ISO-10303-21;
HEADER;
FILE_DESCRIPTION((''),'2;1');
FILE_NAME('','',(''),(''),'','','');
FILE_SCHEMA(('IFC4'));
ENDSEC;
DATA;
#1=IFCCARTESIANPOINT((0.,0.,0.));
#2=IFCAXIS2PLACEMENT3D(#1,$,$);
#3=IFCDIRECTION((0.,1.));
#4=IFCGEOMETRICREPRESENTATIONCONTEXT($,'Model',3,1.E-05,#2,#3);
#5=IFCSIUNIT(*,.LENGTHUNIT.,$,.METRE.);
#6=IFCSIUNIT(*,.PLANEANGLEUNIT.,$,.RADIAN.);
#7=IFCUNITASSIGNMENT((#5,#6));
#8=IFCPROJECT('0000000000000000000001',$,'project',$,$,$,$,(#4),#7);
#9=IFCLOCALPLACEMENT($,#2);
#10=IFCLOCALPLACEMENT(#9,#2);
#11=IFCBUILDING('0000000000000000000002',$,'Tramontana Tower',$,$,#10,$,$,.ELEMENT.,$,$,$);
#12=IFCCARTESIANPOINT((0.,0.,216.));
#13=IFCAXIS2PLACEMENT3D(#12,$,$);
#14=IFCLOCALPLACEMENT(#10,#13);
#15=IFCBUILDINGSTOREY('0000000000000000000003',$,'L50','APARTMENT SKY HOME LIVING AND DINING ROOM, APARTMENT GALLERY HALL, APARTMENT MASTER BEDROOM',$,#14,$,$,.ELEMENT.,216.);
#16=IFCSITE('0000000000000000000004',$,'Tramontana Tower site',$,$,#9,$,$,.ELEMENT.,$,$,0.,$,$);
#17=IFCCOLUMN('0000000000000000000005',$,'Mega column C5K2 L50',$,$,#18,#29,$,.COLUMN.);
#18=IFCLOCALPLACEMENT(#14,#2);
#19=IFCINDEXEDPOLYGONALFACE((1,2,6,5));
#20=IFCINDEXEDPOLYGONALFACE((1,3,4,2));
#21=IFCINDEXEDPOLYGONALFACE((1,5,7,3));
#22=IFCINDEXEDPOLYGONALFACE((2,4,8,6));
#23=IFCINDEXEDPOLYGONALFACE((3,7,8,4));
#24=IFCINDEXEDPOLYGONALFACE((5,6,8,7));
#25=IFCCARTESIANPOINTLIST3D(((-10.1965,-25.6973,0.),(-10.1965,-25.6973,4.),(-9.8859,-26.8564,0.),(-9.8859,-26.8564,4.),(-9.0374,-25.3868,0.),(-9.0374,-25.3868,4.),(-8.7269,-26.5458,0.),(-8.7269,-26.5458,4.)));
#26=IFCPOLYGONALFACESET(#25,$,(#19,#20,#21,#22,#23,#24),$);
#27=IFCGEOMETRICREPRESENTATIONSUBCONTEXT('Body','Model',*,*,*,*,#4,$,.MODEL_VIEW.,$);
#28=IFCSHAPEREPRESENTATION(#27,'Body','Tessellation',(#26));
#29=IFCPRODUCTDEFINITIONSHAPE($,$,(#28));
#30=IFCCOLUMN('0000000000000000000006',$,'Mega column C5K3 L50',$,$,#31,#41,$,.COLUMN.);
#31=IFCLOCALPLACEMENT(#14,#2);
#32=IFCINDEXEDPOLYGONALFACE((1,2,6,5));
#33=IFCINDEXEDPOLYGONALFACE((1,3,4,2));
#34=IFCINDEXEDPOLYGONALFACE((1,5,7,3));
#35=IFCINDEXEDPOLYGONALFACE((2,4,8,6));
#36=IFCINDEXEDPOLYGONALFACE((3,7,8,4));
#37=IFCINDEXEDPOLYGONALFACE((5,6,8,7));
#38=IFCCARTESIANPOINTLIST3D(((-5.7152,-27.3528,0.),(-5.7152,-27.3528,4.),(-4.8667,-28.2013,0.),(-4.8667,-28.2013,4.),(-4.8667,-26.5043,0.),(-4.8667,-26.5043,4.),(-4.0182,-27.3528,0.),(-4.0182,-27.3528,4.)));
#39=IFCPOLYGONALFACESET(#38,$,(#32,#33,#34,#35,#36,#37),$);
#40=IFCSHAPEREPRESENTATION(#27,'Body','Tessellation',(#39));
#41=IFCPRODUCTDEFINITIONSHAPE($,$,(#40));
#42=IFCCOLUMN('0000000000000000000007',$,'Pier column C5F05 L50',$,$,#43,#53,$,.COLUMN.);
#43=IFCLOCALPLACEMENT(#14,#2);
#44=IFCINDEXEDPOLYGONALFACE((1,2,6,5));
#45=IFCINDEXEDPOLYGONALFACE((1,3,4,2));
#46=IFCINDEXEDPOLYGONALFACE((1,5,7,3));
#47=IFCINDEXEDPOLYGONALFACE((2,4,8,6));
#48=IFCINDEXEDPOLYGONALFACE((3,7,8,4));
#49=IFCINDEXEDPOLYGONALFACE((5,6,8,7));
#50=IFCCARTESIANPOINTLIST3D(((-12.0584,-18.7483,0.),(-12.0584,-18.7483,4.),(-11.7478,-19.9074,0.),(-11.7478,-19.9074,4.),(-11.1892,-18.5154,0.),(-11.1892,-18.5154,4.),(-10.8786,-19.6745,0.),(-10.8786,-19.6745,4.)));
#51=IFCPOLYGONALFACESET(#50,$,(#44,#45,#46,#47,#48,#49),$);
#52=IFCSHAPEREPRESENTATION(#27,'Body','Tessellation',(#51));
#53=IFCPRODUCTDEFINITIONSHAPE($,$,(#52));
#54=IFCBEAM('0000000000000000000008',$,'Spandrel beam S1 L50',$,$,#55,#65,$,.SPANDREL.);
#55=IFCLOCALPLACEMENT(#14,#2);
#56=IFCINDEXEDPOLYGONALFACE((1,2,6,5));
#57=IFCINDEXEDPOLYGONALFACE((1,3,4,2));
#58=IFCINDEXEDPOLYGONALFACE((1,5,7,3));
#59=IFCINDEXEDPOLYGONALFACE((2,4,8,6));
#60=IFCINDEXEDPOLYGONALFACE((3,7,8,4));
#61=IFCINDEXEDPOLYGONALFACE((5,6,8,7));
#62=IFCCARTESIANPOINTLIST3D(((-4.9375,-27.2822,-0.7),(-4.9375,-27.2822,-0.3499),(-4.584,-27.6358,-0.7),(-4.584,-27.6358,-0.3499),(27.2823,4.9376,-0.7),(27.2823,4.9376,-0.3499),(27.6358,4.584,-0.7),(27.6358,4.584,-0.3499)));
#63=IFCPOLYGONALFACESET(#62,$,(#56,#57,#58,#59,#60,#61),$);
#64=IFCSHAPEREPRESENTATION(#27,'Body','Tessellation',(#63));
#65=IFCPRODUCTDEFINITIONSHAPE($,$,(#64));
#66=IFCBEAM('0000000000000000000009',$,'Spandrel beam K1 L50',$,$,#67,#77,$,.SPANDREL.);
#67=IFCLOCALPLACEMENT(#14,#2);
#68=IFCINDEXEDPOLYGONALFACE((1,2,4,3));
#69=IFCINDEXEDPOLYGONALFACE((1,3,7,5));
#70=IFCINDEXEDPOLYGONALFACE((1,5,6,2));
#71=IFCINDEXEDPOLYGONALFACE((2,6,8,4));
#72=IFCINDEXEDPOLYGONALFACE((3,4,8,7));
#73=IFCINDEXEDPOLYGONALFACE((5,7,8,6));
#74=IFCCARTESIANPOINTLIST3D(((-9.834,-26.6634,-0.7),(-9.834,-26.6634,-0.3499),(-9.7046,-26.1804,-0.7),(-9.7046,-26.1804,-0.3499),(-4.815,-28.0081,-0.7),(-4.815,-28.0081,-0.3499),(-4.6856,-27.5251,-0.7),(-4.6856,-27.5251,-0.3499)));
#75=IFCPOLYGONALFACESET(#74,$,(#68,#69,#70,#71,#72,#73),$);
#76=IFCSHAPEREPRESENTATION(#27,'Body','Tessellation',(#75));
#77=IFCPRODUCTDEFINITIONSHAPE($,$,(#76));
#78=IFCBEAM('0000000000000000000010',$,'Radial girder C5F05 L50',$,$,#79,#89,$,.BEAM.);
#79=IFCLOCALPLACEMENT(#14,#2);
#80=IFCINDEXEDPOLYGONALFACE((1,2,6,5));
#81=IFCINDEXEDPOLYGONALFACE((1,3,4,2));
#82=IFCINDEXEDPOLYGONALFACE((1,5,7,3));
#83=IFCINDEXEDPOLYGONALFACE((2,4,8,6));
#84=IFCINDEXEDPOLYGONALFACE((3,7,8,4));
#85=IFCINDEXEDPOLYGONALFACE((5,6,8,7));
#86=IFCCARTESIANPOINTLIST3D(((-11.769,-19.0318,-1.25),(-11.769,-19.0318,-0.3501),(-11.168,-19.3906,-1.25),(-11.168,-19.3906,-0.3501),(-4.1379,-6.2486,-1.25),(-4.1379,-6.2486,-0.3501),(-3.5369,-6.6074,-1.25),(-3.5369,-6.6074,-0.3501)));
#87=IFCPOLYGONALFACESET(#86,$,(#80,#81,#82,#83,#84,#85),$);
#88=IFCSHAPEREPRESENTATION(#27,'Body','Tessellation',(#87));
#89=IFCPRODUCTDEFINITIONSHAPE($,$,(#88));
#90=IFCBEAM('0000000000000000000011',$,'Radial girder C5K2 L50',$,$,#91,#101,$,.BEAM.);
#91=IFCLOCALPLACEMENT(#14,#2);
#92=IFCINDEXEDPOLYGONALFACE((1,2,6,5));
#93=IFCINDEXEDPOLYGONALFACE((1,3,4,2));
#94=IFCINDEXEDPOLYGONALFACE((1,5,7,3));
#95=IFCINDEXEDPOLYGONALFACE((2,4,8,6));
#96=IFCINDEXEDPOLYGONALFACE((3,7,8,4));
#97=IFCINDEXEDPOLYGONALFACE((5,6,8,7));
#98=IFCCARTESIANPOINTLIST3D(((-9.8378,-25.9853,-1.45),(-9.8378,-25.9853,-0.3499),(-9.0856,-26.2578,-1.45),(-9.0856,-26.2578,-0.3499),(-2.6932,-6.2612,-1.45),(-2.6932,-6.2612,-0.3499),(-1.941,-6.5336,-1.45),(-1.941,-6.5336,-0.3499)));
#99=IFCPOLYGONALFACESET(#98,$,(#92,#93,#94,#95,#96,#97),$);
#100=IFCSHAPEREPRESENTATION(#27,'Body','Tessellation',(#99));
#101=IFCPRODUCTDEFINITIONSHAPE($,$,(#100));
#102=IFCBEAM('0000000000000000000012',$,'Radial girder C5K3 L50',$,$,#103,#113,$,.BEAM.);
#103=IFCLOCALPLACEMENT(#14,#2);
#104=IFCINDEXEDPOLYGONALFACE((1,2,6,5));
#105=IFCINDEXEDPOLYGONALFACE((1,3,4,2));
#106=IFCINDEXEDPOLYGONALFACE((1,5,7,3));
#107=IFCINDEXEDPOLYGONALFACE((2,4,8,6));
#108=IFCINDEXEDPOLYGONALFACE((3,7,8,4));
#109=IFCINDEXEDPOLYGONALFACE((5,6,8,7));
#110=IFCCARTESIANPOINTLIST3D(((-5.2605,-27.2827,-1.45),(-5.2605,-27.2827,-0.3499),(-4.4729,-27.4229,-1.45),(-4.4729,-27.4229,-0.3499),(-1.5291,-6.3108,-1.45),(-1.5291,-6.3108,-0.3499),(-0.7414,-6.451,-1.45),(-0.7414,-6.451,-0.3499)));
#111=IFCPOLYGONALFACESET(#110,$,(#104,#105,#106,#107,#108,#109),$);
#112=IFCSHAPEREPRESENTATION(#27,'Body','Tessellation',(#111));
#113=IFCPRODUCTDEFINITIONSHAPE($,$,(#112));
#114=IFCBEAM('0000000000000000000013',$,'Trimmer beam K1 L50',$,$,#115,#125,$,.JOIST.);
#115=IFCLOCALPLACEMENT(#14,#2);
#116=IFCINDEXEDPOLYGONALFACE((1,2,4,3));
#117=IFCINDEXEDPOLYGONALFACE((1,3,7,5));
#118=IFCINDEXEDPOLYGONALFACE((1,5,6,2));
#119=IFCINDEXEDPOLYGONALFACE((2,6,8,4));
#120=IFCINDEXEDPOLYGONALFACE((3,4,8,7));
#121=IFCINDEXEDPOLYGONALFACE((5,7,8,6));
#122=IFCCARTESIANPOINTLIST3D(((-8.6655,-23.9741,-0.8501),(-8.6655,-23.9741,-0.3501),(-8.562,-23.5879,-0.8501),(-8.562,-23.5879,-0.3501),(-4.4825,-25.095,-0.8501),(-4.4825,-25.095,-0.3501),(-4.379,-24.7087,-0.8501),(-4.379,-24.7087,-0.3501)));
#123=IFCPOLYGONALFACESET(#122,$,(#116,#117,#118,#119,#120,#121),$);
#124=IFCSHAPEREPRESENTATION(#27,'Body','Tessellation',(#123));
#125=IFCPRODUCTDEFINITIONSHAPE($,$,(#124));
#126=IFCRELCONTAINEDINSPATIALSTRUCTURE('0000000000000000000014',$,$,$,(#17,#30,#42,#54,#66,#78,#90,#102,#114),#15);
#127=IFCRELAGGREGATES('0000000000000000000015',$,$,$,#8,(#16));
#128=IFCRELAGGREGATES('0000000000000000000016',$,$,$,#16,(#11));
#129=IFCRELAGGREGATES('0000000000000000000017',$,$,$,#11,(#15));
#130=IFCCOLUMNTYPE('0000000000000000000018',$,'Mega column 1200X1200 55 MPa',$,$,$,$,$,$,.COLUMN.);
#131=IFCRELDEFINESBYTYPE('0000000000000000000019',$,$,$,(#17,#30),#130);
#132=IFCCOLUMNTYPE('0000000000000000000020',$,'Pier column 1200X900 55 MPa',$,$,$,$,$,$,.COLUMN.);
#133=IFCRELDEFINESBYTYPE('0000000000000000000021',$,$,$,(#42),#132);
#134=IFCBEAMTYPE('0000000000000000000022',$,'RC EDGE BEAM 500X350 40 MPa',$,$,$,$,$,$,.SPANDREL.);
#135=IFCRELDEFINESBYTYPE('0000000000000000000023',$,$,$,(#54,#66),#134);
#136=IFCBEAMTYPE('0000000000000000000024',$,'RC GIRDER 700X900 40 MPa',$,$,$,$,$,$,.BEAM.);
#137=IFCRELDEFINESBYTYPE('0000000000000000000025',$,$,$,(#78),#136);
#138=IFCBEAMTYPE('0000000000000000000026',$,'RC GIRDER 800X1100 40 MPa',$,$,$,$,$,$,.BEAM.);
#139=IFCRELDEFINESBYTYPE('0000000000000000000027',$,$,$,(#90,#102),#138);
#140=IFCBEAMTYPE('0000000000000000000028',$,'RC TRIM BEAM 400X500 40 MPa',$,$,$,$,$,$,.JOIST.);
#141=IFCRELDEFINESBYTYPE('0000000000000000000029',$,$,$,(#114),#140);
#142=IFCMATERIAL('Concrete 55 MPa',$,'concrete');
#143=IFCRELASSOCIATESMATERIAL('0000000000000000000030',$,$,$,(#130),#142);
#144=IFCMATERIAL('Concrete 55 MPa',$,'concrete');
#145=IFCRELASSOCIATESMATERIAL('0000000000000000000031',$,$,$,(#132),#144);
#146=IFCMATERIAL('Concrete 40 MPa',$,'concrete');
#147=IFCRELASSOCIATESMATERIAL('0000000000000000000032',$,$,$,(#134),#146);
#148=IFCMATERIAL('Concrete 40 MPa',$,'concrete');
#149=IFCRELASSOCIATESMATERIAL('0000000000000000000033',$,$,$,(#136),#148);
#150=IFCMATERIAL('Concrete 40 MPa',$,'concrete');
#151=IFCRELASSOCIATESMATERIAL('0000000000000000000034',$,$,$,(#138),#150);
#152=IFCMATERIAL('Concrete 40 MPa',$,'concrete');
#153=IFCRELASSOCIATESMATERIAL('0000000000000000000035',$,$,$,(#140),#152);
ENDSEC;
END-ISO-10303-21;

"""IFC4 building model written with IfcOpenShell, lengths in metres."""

from ifc_helpers import new_model, si_unit, direction, frame, origin, origin_2d, place, context, subcontext, project, spatial, rectangle, extrude, material, material_profile, profile_set, type_object, element, save


model = new_model("IFC4")

# Units and contexts
model_context = context("Model", 3, precision=1e-05, world=origin(), true_north=direction((0.0, 1.0)))
body_context = subcontext(model_context, "Body", "Model", "MODEL_VIEW")
ifc_project = project(units=[si_unit("LENGTHUNIT", "METRE"), si_unit("PLANEANGLEUNIT", "RADIAN")], contexts=[model_context])

# Site, building, storey
site_placement = place(None, origin())
site = spatial("IfcSite", under=ifc_project, at=site_placement, Name="Tramontana Tower site", CompositionType="ELEMENT", RefElevation=0.0)
building_placement = place(site_placement, origin())
building = spatial("IfcBuilding", under=site, at=building_placement, Name="Tramontana Tower", CompositionType="ELEMENT")
storey_placement = place(building_placement, frame((0.0, 0.0, 216.0)))
storey = spatial("IfcBuildingStorey", under=building, at=storey_placement, Name="L50", Description="APARTMENT SKY HOME LIVING AND DINING ROOM, APARTMENT GALLERY HALL, APARTMENT MASTER BEDROOM", CompositionType="ELEMENT", Elevation=216.0)

# Columns
ifc_material_1 = material(Name="Concrete 55 MPa", Category="concrete")
ifc_material_profile_1 = material_profile(ifc_material_1, rectangle(XDim=1.2, YDim=1.2, at=origin_2d()), Name="Mega column 1200X1200 55 MPa")
ifc_profile_set_1 = profile_set([ifc_material_profile_1], Name="Concrete 55 MPa")
column_type_1 = type_object("IfcColumnType", Name="Mega column 1200X1200 55 MPa", PredefinedType="COLUMN", material=ifc_profile_set_1)
for number, where, z_axis, x_axis, name in (
    (1, (-9.4617, -26.1216, 0.0), (0.0, 0.0, 1.0), (0.258819, -0.965926, 0.0), "Mega column C5K2 L50"),
    (2, (-4.8667, -27.3528, 0.0), (0.0, 0.0, 1.0), (0.707107, 0.707107, 0.0), "Mega column C5K3 L50"),
):
    element("IfcColumn", number, at=place(storey_placement, frame(where, z_axis=z_axis, x_axis=x_axis)), inside=storey, type_object=column_type_1, Name=name, PredefinedType="COLUMN", context=body_context, shape_type="SweptSolid", body=[
        extrude(rectangle(XDim=1.2, YDim=1.2, at=origin_2d()), origin(), (0.0, 0.0, 1.0), 4.0),
    ])
ifc_material_2 = material(Name="Concrete 55 MPa", Category="concrete")
ifc_material_profile_2 = material_profile(ifc_material_2, rectangle(XDim=1.2, YDim=0.8999, at=origin_2d()), Name="Pier column 1200X900 55 MPa")
ifc_profile_set_2 = profile_set([ifc_material_profile_2], Name="Concrete 55 MPa")
column_type_2 = type_object("IfcColumnType", Name="Pier column 1200X900 55 MPa", PredefinedType="COLUMN", material=ifc_profile_set_2)
column_placement = place(storey_placement, frame((-11.4685, -19.2114, 0.0), z_axis=(0.0, 0.0, 1.0), x_axis=(0.258819, -0.965926, 0.0)))
element("IfcColumn", 3, at=column_placement, inside=storey, type_object=column_type_2, Name="Pier column C5F05 L50", PredefinedType="COLUMN", context=body_context, shape_type="SweptSolid", body=[
    extrude(rectangle(XDim=1.2, YDim=0.8999, at=origin_2d()), origin(), (0.0, 0.0, 1.0), 4.0),
])

# Beams
ifc_material_3 = material(Name="Concrete 40 MPa", Category="concrete")
ifc_material_profile_3 = material_profile(ifc_material_3, rectangle(XDim=0.5, YDim=0.3501, at=origin_2d()), Name="RC EDGE BEAM 500X350 40 MPa")
ifc_profile_set_3 = profile_set([ifc_material_profile_3], Name="Concrete 40 MPa")
beam_type_1 = type_object("IfcBeamType", Name="RC EDGE BEAM 500X350 40 MPa", PredefinedType="SPANDREL", material=ifc_profile_set_3)
beam_1_placement = place(storey_placement, frame((-4.7607, -27.459, -0.5249), z_axis=(0.707107, 0.707107, 0.0), x_axis=(-0.707107, 0.707107, 0.0)))
element("IfcBeam", 4, at=beam_1_placement, inside=storey, type_object=beam_type_1, Name="Spandrel beam S1 L50", PredefinedType="SPANDREL", context=body_context, shape_type="SweptSolid", body=[
    extrude(rectangle(XDim=0.5, YDim=0.3501, at=origin_2d()), origin(), (0.0, 0.0, 1.0), 45.5657),
])
beam_2_placement = place(storey_placement, frame((-9.7693, -26.4219, -0.5249), z_axis=(0.965932, -0.258797, 0.0), x_axis=(0.258797, 0.965932, 0.0)))
element("IfcBeam", 5, at=beam_2_placement, inside=storey, type_object=beam_type_1, Name="Spandrel beam K1 L50", PredefinedType="SPANDREL", context=body_context, shape_type="SweptSolid", body=[
    extrude(rectangle(XDim=0.5, YDim=0.3501, at=origin_2d()), origin(), (0.0, 0.0, 1.0), 5.196),
])
ifc_material_4 = material(Name="Concrete 40 MPa", Category="concrete")
ifc_material_profile_4 = material_profile(ifc_material_4, rectangle(XDim=0.7, YDim=0.8999, at=origin_2d()), Name="RC GIRDER 700X900 40 MPa")
ifc_profile_set_4 = profile_set([ifc_material_profile_4], Name="Concrete 40 MPa")
beam_type_2 = type_object("IfcBeamType", Name="RC GIRDER 700X900 40 MPa", PredefinedType="BEAM", material=ifc_profile_set_4)
beam_3_placement = place(storey_placement, frame((-11.4685, -19.2112, -0.8), z_axis=(0.512577, 0.858641, 0.0), x_axis=(-0.858641, 0.512577, 0.0)))
element("IfcBeam", 6, at=beam_3_placement, inside=storey, type_object=beam_type_2, Name="Radial girder C5F05 L50", PredefinedType="BEAM", context=body_context, shape_type="SweptSolid", body=[
    extrude(rectangle(XDim=0.7, YDim=0.8999, at=origin_2d()), origin(), (0.0, 0.0, 1.0), 14.8877),
])
ifc_material_5 = material(Name="Concrete 40 MPa", Category="concrete")
ifc_material_profile_5 = material_profile(ifc_material_5, rectangle(XDim=0.8, YDim=1.1001, at=origin_2d()), Name="RC GIRDER 800X1100 40 MPa")
ifc_profile_set_5 = profile_set([ifc_material_profile_5], Name="Concrete 40 MPa")
beam_type_3 = type_object("IfcBeamType", Name="RC GIRDER 800X1100 40 MPa", PredefinedType="BEAM", material=ifc_profile_set_5)
beam_4_placement = place(storey_placement, frame((-9.4617, -26.1216, -0.8999), z_axis=(0.340569, 0.940219, 0.0), x_axis=(-0.940219, 0.340569, 0.0)))
element("IfcBeam", 7, at=beam_4_placement, inside=storey, type_object=beam_type_3, Name="Radial girder C5K2 L50", PredefinedType="BEAM", context=body_context, shape_type="SweptSolid", body=[
    extrude(rectangle(XDim=0.8, YDim=1.1001, at=origin_2d()), origin(), (0.0, 0.0, 1.0), 20.9783),
])
beam_5_placement = place(storey_placement, frame((-4.8667, -27.3528, -0.8999), z_axis=(0.175175, 0.984537, 0.0), x_axis=(-0.984537, 0.175175, 0.0)))
element("IfcBeam", 8, at=beam_5_placement, inside=storey, type_object=beam_type_3, Name="Radial girder C5K3 L50", PredefinedType="BEAM", context=body_context, shape_type="SweptSolid", body=[
    extrude(rectangle(XDim=0.8, YDim=1.1001, at=origin_2d()), origin(), (0.0, 0.0, 1.0), 21.3013),
])
ifc_material_6 = material(Name="Concrete 40 MPa", Category="concrete")
ifc_material_profile_6 = material_profile(ifc_material_6, rectangle(XDim=0.3999, YDim=0.5, at=origin_2d()), Name="RC TRIM BEAM 400X500 40 MPa")
ifc_profile_set_6 = profile_set([ifc_material_profile_6], Name="Concrete 40 MPa")
beam_type_4 = type_object("IfcBeamType", Name="RC TRIM BEAM 400X500 40 MPa", PredefinedType="JOIST", material=ifc_profile_set_6)
beam_6_placement = place(storey_placement, frame((-8.6138, -23.781, -0.6001), z_axis=(0.965926, -0.258817, 0.0), x_axis=(0.258817, 0.965926, 0.0)))
element("IfcBeam", 9, at=beam_6_placement, inside=storey, type_object=beam_type_4, Name="Trimmer beam K1 L50", PredefinedType="JOIST", context=body_context, shape_type="SweptSolid", body=[
    extrude(rectangle(XDim=0.3999, YDim=0.5, at=origin_2d()), origin(), (0.0, 0.0, 1.0), 4.3306),
])

save(model, "model.ifc")
